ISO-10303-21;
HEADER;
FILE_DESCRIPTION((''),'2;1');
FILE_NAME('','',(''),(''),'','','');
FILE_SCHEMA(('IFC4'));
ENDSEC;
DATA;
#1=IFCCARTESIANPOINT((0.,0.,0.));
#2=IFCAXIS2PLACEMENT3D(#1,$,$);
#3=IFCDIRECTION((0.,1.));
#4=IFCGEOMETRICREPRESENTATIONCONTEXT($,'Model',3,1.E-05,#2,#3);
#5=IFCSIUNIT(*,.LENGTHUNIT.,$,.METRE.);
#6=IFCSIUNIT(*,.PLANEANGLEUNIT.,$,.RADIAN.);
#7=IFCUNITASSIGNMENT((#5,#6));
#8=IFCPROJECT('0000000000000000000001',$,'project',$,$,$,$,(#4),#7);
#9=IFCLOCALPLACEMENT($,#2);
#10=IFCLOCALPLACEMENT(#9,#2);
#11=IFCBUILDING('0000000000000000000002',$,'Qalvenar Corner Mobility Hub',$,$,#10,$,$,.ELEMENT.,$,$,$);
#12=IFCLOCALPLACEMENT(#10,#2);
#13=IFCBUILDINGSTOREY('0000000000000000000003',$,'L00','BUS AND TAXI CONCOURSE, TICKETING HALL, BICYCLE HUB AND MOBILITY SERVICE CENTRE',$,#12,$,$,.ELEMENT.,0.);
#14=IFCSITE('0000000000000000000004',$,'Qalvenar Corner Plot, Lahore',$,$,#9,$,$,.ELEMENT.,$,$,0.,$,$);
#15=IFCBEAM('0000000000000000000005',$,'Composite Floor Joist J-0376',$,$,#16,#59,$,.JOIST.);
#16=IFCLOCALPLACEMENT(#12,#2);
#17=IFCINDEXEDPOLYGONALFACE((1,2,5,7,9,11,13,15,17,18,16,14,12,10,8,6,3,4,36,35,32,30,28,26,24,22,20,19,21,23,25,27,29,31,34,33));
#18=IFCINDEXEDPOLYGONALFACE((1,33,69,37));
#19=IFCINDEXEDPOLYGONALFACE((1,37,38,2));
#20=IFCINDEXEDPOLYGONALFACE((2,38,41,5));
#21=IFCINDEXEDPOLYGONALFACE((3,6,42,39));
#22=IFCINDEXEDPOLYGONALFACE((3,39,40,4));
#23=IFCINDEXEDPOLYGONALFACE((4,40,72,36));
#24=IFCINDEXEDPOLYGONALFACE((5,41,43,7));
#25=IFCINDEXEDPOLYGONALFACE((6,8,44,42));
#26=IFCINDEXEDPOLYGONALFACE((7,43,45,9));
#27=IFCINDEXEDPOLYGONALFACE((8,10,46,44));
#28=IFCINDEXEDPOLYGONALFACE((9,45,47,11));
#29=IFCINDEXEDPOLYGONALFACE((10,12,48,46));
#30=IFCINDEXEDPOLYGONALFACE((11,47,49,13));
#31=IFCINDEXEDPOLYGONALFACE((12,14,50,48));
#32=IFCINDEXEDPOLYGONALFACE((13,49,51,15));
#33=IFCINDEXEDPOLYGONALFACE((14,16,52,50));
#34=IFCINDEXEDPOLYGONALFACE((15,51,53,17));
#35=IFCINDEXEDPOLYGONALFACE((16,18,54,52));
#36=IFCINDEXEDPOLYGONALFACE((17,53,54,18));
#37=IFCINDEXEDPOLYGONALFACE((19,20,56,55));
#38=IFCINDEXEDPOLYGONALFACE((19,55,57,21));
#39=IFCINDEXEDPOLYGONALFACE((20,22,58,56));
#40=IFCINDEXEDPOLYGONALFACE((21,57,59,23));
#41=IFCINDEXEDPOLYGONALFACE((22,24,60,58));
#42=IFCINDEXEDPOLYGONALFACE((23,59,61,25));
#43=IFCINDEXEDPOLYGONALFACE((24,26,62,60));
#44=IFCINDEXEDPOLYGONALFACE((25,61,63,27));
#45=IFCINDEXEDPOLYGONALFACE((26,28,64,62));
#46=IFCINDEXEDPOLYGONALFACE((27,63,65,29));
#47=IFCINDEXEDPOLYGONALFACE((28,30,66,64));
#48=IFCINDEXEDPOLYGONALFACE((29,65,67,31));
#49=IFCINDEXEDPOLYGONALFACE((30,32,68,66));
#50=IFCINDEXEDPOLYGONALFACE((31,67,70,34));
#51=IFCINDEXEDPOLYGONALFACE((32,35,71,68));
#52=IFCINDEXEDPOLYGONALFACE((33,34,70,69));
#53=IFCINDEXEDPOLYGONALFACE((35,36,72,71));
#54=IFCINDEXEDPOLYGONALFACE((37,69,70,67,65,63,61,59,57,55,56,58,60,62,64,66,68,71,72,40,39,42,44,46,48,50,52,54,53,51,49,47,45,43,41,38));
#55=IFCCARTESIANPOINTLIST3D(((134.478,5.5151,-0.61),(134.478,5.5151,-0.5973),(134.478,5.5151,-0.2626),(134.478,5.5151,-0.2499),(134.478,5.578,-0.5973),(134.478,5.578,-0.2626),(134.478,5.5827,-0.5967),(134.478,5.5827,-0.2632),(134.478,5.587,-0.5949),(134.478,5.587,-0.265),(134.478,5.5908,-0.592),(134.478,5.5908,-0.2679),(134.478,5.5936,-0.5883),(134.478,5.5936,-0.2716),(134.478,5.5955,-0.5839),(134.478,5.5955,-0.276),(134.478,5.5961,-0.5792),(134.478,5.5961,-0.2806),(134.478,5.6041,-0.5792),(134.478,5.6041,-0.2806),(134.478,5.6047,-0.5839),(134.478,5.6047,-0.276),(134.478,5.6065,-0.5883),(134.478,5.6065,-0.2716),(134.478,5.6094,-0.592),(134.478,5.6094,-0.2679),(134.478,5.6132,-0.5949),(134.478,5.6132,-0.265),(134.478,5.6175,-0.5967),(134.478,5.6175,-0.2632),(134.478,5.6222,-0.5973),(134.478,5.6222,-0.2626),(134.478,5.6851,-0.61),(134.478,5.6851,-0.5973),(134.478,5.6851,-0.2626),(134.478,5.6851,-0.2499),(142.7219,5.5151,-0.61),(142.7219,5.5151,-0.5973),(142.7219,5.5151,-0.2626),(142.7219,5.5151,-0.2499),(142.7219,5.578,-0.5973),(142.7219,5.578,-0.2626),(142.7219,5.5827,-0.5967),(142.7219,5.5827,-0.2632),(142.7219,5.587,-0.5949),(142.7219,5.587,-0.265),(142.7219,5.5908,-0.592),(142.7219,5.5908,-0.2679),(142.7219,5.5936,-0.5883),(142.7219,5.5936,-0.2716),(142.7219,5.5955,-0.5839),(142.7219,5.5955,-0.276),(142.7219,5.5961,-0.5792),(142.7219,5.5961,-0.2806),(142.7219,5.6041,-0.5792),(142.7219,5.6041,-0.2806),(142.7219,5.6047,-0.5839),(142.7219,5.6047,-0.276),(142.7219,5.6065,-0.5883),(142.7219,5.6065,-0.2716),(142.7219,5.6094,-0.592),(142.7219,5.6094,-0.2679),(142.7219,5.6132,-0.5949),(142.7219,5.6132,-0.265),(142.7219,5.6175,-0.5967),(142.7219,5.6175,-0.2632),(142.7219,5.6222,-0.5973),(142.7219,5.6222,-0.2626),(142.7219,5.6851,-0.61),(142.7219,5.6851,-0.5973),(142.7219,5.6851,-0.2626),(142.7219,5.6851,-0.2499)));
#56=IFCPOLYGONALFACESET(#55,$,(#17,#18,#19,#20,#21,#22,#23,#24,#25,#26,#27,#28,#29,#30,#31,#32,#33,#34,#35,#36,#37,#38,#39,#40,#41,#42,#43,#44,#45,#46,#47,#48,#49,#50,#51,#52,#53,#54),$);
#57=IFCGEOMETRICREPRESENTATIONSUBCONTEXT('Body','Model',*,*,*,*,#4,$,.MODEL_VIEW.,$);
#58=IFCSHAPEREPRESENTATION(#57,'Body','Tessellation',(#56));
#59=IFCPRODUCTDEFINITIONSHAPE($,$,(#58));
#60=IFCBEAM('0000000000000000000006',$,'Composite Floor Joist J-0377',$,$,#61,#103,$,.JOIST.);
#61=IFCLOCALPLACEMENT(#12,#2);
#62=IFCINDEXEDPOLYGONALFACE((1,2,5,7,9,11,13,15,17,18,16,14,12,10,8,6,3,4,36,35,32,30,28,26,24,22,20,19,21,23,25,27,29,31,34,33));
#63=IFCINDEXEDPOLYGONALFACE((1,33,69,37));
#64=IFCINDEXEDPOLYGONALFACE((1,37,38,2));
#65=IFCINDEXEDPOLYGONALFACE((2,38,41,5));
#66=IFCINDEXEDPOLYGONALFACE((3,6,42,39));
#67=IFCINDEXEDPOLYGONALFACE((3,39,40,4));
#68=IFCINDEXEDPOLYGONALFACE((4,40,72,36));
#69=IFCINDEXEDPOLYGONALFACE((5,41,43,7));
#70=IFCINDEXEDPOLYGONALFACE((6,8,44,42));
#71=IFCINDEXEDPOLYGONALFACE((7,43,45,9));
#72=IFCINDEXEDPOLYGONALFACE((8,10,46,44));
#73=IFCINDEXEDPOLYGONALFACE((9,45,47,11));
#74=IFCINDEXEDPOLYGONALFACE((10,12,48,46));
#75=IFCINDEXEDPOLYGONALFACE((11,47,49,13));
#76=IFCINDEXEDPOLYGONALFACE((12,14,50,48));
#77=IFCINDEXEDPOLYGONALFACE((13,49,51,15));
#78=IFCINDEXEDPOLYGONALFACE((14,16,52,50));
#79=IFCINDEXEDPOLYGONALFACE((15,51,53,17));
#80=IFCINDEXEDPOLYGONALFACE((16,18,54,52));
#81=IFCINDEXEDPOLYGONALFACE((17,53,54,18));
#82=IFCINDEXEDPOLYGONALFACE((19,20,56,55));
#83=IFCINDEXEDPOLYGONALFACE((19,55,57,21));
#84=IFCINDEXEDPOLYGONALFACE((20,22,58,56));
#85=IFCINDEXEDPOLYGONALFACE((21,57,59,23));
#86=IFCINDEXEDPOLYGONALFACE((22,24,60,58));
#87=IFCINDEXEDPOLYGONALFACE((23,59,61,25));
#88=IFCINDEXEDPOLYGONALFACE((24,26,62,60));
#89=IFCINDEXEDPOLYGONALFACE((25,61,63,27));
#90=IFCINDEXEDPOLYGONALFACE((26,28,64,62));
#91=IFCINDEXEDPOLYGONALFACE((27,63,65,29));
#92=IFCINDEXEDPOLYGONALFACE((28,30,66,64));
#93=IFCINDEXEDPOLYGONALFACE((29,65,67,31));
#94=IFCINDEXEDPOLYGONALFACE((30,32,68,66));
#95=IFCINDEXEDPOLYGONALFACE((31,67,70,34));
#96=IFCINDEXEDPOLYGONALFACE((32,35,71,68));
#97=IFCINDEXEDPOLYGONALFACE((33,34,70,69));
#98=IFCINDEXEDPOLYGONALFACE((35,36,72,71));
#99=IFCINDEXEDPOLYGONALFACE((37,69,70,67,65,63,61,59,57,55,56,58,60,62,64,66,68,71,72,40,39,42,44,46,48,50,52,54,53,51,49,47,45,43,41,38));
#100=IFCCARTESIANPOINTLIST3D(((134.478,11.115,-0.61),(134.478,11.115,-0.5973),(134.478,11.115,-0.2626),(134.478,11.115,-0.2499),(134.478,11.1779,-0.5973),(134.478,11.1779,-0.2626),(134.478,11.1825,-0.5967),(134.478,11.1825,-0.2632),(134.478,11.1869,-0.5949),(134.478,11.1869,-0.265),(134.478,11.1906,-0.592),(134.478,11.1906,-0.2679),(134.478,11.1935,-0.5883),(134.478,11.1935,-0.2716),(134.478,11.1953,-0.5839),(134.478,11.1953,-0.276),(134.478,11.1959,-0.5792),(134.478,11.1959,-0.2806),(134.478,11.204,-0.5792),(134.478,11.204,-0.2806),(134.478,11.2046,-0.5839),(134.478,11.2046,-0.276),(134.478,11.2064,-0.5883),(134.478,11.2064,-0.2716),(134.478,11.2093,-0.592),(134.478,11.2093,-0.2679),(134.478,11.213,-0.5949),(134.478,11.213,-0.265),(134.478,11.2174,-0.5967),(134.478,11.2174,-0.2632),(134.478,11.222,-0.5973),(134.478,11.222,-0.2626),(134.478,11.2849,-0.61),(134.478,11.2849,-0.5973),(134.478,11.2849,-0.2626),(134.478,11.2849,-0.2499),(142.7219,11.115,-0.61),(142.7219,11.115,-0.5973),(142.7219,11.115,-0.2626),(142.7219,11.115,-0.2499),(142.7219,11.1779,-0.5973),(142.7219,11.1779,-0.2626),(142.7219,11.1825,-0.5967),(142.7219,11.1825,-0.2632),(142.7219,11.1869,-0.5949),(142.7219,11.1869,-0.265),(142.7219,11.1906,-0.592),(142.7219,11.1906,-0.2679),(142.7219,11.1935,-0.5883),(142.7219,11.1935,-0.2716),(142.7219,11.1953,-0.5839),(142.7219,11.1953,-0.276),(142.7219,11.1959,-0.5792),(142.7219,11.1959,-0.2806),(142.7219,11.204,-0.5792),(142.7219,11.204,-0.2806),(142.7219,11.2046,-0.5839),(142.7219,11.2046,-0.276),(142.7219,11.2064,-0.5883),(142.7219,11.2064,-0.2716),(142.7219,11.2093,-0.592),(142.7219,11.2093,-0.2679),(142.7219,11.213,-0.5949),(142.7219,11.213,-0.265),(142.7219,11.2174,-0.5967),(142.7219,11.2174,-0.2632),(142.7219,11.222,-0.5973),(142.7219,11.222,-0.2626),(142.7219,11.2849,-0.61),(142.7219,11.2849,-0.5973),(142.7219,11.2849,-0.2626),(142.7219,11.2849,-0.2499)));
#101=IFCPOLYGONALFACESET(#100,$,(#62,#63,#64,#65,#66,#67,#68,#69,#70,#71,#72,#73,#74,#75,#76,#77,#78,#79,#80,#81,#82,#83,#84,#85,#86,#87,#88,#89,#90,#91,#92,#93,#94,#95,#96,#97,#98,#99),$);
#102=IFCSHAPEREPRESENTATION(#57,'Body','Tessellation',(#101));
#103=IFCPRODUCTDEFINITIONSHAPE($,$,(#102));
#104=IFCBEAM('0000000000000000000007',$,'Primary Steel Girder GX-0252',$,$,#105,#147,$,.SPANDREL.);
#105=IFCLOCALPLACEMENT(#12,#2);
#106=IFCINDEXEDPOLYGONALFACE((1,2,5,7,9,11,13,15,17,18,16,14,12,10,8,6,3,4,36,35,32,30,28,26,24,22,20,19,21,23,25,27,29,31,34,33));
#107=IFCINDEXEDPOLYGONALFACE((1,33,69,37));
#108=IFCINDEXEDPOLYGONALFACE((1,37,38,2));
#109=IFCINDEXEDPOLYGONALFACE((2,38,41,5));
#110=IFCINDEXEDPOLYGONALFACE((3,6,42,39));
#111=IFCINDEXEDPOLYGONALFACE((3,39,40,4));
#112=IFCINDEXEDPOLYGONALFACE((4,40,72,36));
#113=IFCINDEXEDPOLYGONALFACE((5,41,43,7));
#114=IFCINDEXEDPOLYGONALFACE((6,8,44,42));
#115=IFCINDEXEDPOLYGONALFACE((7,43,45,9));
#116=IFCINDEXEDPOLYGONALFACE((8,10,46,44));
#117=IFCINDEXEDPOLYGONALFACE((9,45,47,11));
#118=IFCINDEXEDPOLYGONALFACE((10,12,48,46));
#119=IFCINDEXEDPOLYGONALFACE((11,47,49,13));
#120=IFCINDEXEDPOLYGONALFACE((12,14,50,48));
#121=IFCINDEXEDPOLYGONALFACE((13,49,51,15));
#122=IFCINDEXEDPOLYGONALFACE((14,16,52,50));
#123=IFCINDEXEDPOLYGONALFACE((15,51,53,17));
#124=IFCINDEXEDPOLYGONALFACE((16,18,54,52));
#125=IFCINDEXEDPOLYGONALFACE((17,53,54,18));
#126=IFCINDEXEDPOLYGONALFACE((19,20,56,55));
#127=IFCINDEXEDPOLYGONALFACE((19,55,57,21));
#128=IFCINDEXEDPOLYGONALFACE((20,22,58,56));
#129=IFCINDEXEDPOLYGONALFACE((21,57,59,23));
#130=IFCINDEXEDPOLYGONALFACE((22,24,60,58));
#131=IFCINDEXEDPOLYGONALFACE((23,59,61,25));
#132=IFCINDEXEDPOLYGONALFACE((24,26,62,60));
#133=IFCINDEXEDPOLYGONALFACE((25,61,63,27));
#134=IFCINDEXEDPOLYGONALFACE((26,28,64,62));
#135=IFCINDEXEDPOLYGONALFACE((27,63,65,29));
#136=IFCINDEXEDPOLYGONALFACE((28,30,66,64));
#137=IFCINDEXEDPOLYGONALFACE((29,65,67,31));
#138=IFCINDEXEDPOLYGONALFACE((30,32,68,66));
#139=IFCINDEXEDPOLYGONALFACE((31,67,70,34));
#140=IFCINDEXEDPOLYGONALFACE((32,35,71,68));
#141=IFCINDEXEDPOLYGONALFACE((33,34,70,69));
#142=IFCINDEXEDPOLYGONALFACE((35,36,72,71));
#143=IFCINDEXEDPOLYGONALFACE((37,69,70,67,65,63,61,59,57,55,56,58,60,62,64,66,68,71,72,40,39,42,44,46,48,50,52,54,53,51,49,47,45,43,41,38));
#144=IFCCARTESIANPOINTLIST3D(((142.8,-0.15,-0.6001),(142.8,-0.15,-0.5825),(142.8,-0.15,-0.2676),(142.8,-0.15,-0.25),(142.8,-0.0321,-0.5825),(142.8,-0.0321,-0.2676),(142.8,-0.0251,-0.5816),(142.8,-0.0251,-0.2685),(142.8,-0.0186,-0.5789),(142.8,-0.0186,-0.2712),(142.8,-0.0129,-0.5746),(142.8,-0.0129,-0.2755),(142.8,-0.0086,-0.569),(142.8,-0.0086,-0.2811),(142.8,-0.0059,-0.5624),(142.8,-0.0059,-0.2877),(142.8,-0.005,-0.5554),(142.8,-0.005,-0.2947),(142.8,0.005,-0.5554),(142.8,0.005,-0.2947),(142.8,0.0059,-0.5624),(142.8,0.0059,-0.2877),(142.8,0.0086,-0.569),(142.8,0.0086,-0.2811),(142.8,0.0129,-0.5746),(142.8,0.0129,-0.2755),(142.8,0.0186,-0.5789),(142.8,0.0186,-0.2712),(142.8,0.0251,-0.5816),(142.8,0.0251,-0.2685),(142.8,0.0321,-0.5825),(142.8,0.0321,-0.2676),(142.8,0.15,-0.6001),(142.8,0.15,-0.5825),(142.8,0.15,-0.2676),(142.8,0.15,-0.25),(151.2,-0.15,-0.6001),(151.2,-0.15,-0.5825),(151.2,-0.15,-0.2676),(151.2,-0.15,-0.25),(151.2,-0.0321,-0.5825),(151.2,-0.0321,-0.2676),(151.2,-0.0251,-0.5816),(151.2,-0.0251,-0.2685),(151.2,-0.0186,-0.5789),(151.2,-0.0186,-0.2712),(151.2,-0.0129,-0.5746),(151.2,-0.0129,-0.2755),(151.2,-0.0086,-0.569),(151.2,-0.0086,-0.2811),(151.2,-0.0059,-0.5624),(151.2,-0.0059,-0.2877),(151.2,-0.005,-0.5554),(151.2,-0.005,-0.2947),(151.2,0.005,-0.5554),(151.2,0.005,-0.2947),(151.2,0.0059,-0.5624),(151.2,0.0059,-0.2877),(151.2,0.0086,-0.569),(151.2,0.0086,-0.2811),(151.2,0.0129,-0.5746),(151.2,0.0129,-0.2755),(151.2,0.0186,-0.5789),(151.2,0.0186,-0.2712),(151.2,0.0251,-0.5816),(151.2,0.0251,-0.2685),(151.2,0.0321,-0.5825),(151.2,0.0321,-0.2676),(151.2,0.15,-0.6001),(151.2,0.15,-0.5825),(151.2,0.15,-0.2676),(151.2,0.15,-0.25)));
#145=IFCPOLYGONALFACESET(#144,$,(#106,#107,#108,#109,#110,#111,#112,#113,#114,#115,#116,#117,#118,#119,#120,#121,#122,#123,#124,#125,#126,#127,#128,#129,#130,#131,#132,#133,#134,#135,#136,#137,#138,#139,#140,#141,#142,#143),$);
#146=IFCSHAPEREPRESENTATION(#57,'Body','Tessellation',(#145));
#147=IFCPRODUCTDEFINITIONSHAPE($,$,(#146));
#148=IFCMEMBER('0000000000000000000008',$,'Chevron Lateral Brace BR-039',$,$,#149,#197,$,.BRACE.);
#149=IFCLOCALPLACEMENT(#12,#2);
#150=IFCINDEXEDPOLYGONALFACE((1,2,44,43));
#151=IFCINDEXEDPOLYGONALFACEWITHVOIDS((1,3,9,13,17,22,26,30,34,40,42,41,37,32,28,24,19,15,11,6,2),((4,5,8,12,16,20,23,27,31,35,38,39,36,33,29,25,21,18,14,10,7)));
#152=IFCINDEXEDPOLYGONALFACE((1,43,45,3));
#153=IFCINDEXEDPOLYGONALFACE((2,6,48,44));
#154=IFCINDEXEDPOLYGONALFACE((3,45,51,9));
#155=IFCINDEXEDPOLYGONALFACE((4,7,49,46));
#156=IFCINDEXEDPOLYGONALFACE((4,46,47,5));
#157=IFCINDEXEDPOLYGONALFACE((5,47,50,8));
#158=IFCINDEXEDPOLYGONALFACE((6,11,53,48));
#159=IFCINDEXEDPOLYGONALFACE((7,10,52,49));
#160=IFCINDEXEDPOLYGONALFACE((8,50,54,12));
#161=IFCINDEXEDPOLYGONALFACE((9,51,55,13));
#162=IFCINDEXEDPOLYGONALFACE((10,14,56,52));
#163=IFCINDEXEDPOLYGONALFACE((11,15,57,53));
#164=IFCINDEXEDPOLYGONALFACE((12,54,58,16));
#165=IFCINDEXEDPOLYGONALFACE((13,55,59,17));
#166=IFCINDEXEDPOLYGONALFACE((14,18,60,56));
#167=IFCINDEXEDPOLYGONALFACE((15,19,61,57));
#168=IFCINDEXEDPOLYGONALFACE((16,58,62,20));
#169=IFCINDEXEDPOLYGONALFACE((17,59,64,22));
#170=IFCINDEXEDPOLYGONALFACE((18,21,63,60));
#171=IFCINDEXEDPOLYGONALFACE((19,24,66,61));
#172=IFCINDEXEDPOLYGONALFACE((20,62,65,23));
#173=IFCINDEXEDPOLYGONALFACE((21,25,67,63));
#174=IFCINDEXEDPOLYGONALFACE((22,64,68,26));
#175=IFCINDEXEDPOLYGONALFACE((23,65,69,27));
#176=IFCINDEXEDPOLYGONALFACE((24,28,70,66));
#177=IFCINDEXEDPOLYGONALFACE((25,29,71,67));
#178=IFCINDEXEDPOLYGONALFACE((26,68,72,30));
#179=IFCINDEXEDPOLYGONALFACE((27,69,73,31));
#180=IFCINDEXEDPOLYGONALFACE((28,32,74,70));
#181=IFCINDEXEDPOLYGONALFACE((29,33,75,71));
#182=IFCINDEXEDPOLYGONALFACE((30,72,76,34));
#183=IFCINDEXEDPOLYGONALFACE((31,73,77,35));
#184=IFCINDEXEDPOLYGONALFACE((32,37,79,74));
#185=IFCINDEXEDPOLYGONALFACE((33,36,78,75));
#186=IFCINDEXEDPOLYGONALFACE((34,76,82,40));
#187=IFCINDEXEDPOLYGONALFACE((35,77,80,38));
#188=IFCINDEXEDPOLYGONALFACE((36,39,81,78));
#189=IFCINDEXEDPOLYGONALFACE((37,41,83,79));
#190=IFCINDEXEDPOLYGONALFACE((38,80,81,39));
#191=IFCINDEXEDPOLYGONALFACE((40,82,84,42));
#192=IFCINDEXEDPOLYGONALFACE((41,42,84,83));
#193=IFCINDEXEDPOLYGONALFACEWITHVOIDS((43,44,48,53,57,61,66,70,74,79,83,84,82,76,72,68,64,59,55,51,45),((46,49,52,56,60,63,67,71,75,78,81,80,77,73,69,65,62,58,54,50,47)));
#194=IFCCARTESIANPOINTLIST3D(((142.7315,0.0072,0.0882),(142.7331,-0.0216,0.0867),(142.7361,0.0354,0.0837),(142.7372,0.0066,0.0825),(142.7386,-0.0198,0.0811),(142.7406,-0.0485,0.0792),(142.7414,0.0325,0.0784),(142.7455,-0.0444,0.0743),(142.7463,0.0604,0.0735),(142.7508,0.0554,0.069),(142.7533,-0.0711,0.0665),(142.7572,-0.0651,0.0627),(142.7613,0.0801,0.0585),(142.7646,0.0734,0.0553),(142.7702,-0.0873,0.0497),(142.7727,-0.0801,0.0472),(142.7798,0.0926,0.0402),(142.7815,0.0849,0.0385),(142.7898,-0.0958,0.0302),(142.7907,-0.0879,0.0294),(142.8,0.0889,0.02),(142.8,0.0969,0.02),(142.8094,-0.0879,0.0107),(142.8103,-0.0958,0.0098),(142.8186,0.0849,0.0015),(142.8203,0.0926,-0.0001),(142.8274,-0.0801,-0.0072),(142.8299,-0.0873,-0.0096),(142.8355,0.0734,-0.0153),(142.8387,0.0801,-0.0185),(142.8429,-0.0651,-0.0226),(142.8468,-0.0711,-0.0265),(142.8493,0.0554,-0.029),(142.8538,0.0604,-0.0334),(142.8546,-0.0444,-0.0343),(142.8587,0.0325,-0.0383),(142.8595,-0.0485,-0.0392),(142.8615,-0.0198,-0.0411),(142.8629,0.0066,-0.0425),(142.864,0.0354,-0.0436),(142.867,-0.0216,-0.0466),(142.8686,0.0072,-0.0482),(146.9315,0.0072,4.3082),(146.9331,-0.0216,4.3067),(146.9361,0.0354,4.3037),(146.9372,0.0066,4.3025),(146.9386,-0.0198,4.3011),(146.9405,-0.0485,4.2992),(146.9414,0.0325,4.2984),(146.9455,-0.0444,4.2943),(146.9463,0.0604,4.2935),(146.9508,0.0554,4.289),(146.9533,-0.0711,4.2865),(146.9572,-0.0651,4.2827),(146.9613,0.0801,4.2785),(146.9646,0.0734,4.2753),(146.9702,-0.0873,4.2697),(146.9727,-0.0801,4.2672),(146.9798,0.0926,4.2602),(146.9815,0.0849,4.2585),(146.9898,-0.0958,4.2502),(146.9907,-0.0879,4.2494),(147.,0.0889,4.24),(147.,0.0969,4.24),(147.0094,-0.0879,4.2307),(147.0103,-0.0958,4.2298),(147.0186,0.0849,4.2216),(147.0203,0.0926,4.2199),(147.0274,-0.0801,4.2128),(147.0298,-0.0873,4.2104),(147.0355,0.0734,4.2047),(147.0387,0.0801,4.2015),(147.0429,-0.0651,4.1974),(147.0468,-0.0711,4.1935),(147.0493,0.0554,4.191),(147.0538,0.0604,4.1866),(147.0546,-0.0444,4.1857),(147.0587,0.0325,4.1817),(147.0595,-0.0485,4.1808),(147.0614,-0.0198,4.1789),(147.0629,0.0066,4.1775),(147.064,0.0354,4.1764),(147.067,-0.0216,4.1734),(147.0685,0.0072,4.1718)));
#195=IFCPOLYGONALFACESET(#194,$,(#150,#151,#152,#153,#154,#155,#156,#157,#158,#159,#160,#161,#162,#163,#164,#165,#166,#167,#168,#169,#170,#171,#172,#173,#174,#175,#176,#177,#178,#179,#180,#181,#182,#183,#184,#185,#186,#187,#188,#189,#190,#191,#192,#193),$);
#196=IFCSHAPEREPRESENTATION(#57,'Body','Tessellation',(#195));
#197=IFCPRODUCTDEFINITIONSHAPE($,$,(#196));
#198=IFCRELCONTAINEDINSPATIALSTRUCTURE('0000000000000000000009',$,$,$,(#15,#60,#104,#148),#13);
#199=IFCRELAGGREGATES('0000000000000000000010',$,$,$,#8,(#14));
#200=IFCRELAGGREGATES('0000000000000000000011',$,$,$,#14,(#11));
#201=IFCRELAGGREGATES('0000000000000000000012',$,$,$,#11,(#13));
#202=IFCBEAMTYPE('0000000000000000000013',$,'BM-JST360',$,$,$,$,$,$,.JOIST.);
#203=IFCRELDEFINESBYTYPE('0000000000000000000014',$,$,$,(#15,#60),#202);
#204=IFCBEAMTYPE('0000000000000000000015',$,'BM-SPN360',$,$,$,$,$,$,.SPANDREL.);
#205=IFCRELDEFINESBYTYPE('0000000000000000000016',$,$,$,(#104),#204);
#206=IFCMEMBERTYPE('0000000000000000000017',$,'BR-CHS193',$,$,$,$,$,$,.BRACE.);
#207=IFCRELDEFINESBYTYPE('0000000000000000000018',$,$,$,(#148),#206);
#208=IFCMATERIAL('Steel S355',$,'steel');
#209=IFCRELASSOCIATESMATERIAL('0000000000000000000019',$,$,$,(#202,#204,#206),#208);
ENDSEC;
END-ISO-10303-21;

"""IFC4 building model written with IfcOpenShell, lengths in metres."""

from ifc_helpers import new_model, si_unit, direction, frame, origin, origin_2d, place, context, subcontext, project, spatial, hollow_circle, i_section, extrude, material, material_profile, profile_set, type_object, element, save


model = new_model("IFC4")

# Units and contexts
model_context = context("Model", 3, precision=1e-05, world=origin(), true_north=direction((0.0, 1.0)))
body_context = subcontext(model_context, "Body", "Model", "MODEL_VIEW")
ifc_project = project(units=[si_unit("LENGTHUNIT", "METRE"), si_unit("PLANEANGLEUNIT", "RADIAN")], contexts=[model_context])

# Site, building, storey
site_placement = place(None, origin())
site = spatial("IfcSite", under=ifc_project, at=site_placement, Name="Qalvenar Corner Plot, Lahore", CompositionType="ELEMENT", RefElevation=0.0)
building_placement = place(site_placement, origin())
building = spatial("IfcBuilding", under=site, at=building_placement, Name="Qalvenar Corner Mobility Hub", CompositionType="ELEMENT")
storey_placement = place(building_placement, origin())
storey = spatial("IfcBuildingStorey", under=building, at=storey_placement, Name="L00", Description="BUS AND TAXI CONCOURSE, TICKETING HALL, BICYCLE HUB AND MOBILITY SERVICE CENTRE", CompositionType="ELEMENT", Elevation=0.0)

# Shared definitions
ifc_material_1 = material(Name="Steel S355", Category="steel")

# Beams
ifc_material_profile_1 = material_profile(ifc_material_1, i_section(OverallWidth=0.1699, OverallDepth=0.3601, WebThickness=0.0081, FlangeThickness=0.0127, FilletRadius=0.0181, at=origin_2d()), Name="IPE360")
ifc_profile_set_1 = profile_set([ifc_material_profile_1], Name="Steel S355")
beam_type_1 = type_object("IfcBeamType", Name="BM-JST360", PredefinedType="JOIST", material=ifc_profile_set_1)
for number, where, z_axis, x_axis, name in (
    (1, (134.478, 5.6001, -0.4299), (1.0, 0.0, 0.0), (0.0, 1.0, 0.0), "Composite Floor Joist J-0376"),
    (2, (134.478, 11.2, -0.4299), (1.0, 0.0, 0.0), (0.0, 1.0, 0.0), "Composite Floor Joist J-0377"),
):
    element("IfcBeam", number, at=place(storey_placement, frame(where, z_axis=z_axis, x_axis=x_axis)), inside=storey, type_object=beam_type_1, Name=name, PredefinedType="JOIST", context=body_context, shape_type="SweptSolid", body=[
        extrude(i_section(OverallWidth=0.1699, OverallDepth=0.3601, WebThickness=0.0081, FlangeThickness=0.0127, FilletRadius=0.0181, at=origin_2d()), origin(), (0.0, 0.0, 1.0), 8.2439),
    ])
ifc_material_profile_2 = material_profile(ifc_material_1, i_section(OverallWidth=0.3, OverallDepth=0.3501, WebThickness=0.01, FlangeThickness=0.0176, FilletRadius=0.0271, at=origin_2d()), Name="HEA360")
ifc_profile_set_2 = profile_set([ifc_material_profile_2], Name="Steel S355")
beam_type_2 = type_object("IfcBeamType", Name="BM-SPN360", PredefinedType="SPANDREL", material=ifc_profile_set_2)
beam_1_placement = place(storey_placement, frame((142.8, 0.0, -0.425), z_axis=(1.0, 0.0, 0.0), x_axis=(0.0, 1.0, 0.0)))
element("IfcBeam", 3, at=beam_1_placement, inside=storey, type_object=beam_type_2, Name="Primary Steel Girder GX-0252", PredefinedType="SPANDREL", context=body_context, shape_type="SweptSolid", body=[
    extrude(i_section(OverallWidth=0.3, OverallDepth=0.3501, WebThickness=0.01, FlangeThickness=0.0176, FilletRadius=0.0271, at=origin_2d()), origin(), (0.0, 0.0, 1.0), 8.3999),
])

# Member
ifc_material_profile_3 = material_profile(ifc_material_1, hollow_circle(Radius=0.0969, WallThickness=0.0081, at=origin_2d()), Name="CHS193.7x8")
ifc_profile_set_3 = profile_set([ifc_material_profile_3], Name="Steel S355")
member_type_1 = type_object("IfcMemberType", Name="BR-CHS193", PredefinedType="BRACE", material=ifc_profile_set_3)
member_1_placement = place(storey_placement, frame((142.8, 0.0, 0.02), z_axis=(0.705424, 0.0, 0.708786), x_axis=(0.0, 1.0, 0.0)))
element("IfcMember", 4, at=member_1_placement, inside=storey, type_object=member_type_1, Name="Chevron Lateral Brace BR-039", PredefinedType="BRACE", context=body_context, shape_type="SweptSolid", body=[
    extrude(hollow_circle(Radius=0.0969, WallThickness=0.0081, at=origin_2d()), origin(), (0.0, 0.0, 1.0), 5.9539),
])

save(model, "model.ifc")
